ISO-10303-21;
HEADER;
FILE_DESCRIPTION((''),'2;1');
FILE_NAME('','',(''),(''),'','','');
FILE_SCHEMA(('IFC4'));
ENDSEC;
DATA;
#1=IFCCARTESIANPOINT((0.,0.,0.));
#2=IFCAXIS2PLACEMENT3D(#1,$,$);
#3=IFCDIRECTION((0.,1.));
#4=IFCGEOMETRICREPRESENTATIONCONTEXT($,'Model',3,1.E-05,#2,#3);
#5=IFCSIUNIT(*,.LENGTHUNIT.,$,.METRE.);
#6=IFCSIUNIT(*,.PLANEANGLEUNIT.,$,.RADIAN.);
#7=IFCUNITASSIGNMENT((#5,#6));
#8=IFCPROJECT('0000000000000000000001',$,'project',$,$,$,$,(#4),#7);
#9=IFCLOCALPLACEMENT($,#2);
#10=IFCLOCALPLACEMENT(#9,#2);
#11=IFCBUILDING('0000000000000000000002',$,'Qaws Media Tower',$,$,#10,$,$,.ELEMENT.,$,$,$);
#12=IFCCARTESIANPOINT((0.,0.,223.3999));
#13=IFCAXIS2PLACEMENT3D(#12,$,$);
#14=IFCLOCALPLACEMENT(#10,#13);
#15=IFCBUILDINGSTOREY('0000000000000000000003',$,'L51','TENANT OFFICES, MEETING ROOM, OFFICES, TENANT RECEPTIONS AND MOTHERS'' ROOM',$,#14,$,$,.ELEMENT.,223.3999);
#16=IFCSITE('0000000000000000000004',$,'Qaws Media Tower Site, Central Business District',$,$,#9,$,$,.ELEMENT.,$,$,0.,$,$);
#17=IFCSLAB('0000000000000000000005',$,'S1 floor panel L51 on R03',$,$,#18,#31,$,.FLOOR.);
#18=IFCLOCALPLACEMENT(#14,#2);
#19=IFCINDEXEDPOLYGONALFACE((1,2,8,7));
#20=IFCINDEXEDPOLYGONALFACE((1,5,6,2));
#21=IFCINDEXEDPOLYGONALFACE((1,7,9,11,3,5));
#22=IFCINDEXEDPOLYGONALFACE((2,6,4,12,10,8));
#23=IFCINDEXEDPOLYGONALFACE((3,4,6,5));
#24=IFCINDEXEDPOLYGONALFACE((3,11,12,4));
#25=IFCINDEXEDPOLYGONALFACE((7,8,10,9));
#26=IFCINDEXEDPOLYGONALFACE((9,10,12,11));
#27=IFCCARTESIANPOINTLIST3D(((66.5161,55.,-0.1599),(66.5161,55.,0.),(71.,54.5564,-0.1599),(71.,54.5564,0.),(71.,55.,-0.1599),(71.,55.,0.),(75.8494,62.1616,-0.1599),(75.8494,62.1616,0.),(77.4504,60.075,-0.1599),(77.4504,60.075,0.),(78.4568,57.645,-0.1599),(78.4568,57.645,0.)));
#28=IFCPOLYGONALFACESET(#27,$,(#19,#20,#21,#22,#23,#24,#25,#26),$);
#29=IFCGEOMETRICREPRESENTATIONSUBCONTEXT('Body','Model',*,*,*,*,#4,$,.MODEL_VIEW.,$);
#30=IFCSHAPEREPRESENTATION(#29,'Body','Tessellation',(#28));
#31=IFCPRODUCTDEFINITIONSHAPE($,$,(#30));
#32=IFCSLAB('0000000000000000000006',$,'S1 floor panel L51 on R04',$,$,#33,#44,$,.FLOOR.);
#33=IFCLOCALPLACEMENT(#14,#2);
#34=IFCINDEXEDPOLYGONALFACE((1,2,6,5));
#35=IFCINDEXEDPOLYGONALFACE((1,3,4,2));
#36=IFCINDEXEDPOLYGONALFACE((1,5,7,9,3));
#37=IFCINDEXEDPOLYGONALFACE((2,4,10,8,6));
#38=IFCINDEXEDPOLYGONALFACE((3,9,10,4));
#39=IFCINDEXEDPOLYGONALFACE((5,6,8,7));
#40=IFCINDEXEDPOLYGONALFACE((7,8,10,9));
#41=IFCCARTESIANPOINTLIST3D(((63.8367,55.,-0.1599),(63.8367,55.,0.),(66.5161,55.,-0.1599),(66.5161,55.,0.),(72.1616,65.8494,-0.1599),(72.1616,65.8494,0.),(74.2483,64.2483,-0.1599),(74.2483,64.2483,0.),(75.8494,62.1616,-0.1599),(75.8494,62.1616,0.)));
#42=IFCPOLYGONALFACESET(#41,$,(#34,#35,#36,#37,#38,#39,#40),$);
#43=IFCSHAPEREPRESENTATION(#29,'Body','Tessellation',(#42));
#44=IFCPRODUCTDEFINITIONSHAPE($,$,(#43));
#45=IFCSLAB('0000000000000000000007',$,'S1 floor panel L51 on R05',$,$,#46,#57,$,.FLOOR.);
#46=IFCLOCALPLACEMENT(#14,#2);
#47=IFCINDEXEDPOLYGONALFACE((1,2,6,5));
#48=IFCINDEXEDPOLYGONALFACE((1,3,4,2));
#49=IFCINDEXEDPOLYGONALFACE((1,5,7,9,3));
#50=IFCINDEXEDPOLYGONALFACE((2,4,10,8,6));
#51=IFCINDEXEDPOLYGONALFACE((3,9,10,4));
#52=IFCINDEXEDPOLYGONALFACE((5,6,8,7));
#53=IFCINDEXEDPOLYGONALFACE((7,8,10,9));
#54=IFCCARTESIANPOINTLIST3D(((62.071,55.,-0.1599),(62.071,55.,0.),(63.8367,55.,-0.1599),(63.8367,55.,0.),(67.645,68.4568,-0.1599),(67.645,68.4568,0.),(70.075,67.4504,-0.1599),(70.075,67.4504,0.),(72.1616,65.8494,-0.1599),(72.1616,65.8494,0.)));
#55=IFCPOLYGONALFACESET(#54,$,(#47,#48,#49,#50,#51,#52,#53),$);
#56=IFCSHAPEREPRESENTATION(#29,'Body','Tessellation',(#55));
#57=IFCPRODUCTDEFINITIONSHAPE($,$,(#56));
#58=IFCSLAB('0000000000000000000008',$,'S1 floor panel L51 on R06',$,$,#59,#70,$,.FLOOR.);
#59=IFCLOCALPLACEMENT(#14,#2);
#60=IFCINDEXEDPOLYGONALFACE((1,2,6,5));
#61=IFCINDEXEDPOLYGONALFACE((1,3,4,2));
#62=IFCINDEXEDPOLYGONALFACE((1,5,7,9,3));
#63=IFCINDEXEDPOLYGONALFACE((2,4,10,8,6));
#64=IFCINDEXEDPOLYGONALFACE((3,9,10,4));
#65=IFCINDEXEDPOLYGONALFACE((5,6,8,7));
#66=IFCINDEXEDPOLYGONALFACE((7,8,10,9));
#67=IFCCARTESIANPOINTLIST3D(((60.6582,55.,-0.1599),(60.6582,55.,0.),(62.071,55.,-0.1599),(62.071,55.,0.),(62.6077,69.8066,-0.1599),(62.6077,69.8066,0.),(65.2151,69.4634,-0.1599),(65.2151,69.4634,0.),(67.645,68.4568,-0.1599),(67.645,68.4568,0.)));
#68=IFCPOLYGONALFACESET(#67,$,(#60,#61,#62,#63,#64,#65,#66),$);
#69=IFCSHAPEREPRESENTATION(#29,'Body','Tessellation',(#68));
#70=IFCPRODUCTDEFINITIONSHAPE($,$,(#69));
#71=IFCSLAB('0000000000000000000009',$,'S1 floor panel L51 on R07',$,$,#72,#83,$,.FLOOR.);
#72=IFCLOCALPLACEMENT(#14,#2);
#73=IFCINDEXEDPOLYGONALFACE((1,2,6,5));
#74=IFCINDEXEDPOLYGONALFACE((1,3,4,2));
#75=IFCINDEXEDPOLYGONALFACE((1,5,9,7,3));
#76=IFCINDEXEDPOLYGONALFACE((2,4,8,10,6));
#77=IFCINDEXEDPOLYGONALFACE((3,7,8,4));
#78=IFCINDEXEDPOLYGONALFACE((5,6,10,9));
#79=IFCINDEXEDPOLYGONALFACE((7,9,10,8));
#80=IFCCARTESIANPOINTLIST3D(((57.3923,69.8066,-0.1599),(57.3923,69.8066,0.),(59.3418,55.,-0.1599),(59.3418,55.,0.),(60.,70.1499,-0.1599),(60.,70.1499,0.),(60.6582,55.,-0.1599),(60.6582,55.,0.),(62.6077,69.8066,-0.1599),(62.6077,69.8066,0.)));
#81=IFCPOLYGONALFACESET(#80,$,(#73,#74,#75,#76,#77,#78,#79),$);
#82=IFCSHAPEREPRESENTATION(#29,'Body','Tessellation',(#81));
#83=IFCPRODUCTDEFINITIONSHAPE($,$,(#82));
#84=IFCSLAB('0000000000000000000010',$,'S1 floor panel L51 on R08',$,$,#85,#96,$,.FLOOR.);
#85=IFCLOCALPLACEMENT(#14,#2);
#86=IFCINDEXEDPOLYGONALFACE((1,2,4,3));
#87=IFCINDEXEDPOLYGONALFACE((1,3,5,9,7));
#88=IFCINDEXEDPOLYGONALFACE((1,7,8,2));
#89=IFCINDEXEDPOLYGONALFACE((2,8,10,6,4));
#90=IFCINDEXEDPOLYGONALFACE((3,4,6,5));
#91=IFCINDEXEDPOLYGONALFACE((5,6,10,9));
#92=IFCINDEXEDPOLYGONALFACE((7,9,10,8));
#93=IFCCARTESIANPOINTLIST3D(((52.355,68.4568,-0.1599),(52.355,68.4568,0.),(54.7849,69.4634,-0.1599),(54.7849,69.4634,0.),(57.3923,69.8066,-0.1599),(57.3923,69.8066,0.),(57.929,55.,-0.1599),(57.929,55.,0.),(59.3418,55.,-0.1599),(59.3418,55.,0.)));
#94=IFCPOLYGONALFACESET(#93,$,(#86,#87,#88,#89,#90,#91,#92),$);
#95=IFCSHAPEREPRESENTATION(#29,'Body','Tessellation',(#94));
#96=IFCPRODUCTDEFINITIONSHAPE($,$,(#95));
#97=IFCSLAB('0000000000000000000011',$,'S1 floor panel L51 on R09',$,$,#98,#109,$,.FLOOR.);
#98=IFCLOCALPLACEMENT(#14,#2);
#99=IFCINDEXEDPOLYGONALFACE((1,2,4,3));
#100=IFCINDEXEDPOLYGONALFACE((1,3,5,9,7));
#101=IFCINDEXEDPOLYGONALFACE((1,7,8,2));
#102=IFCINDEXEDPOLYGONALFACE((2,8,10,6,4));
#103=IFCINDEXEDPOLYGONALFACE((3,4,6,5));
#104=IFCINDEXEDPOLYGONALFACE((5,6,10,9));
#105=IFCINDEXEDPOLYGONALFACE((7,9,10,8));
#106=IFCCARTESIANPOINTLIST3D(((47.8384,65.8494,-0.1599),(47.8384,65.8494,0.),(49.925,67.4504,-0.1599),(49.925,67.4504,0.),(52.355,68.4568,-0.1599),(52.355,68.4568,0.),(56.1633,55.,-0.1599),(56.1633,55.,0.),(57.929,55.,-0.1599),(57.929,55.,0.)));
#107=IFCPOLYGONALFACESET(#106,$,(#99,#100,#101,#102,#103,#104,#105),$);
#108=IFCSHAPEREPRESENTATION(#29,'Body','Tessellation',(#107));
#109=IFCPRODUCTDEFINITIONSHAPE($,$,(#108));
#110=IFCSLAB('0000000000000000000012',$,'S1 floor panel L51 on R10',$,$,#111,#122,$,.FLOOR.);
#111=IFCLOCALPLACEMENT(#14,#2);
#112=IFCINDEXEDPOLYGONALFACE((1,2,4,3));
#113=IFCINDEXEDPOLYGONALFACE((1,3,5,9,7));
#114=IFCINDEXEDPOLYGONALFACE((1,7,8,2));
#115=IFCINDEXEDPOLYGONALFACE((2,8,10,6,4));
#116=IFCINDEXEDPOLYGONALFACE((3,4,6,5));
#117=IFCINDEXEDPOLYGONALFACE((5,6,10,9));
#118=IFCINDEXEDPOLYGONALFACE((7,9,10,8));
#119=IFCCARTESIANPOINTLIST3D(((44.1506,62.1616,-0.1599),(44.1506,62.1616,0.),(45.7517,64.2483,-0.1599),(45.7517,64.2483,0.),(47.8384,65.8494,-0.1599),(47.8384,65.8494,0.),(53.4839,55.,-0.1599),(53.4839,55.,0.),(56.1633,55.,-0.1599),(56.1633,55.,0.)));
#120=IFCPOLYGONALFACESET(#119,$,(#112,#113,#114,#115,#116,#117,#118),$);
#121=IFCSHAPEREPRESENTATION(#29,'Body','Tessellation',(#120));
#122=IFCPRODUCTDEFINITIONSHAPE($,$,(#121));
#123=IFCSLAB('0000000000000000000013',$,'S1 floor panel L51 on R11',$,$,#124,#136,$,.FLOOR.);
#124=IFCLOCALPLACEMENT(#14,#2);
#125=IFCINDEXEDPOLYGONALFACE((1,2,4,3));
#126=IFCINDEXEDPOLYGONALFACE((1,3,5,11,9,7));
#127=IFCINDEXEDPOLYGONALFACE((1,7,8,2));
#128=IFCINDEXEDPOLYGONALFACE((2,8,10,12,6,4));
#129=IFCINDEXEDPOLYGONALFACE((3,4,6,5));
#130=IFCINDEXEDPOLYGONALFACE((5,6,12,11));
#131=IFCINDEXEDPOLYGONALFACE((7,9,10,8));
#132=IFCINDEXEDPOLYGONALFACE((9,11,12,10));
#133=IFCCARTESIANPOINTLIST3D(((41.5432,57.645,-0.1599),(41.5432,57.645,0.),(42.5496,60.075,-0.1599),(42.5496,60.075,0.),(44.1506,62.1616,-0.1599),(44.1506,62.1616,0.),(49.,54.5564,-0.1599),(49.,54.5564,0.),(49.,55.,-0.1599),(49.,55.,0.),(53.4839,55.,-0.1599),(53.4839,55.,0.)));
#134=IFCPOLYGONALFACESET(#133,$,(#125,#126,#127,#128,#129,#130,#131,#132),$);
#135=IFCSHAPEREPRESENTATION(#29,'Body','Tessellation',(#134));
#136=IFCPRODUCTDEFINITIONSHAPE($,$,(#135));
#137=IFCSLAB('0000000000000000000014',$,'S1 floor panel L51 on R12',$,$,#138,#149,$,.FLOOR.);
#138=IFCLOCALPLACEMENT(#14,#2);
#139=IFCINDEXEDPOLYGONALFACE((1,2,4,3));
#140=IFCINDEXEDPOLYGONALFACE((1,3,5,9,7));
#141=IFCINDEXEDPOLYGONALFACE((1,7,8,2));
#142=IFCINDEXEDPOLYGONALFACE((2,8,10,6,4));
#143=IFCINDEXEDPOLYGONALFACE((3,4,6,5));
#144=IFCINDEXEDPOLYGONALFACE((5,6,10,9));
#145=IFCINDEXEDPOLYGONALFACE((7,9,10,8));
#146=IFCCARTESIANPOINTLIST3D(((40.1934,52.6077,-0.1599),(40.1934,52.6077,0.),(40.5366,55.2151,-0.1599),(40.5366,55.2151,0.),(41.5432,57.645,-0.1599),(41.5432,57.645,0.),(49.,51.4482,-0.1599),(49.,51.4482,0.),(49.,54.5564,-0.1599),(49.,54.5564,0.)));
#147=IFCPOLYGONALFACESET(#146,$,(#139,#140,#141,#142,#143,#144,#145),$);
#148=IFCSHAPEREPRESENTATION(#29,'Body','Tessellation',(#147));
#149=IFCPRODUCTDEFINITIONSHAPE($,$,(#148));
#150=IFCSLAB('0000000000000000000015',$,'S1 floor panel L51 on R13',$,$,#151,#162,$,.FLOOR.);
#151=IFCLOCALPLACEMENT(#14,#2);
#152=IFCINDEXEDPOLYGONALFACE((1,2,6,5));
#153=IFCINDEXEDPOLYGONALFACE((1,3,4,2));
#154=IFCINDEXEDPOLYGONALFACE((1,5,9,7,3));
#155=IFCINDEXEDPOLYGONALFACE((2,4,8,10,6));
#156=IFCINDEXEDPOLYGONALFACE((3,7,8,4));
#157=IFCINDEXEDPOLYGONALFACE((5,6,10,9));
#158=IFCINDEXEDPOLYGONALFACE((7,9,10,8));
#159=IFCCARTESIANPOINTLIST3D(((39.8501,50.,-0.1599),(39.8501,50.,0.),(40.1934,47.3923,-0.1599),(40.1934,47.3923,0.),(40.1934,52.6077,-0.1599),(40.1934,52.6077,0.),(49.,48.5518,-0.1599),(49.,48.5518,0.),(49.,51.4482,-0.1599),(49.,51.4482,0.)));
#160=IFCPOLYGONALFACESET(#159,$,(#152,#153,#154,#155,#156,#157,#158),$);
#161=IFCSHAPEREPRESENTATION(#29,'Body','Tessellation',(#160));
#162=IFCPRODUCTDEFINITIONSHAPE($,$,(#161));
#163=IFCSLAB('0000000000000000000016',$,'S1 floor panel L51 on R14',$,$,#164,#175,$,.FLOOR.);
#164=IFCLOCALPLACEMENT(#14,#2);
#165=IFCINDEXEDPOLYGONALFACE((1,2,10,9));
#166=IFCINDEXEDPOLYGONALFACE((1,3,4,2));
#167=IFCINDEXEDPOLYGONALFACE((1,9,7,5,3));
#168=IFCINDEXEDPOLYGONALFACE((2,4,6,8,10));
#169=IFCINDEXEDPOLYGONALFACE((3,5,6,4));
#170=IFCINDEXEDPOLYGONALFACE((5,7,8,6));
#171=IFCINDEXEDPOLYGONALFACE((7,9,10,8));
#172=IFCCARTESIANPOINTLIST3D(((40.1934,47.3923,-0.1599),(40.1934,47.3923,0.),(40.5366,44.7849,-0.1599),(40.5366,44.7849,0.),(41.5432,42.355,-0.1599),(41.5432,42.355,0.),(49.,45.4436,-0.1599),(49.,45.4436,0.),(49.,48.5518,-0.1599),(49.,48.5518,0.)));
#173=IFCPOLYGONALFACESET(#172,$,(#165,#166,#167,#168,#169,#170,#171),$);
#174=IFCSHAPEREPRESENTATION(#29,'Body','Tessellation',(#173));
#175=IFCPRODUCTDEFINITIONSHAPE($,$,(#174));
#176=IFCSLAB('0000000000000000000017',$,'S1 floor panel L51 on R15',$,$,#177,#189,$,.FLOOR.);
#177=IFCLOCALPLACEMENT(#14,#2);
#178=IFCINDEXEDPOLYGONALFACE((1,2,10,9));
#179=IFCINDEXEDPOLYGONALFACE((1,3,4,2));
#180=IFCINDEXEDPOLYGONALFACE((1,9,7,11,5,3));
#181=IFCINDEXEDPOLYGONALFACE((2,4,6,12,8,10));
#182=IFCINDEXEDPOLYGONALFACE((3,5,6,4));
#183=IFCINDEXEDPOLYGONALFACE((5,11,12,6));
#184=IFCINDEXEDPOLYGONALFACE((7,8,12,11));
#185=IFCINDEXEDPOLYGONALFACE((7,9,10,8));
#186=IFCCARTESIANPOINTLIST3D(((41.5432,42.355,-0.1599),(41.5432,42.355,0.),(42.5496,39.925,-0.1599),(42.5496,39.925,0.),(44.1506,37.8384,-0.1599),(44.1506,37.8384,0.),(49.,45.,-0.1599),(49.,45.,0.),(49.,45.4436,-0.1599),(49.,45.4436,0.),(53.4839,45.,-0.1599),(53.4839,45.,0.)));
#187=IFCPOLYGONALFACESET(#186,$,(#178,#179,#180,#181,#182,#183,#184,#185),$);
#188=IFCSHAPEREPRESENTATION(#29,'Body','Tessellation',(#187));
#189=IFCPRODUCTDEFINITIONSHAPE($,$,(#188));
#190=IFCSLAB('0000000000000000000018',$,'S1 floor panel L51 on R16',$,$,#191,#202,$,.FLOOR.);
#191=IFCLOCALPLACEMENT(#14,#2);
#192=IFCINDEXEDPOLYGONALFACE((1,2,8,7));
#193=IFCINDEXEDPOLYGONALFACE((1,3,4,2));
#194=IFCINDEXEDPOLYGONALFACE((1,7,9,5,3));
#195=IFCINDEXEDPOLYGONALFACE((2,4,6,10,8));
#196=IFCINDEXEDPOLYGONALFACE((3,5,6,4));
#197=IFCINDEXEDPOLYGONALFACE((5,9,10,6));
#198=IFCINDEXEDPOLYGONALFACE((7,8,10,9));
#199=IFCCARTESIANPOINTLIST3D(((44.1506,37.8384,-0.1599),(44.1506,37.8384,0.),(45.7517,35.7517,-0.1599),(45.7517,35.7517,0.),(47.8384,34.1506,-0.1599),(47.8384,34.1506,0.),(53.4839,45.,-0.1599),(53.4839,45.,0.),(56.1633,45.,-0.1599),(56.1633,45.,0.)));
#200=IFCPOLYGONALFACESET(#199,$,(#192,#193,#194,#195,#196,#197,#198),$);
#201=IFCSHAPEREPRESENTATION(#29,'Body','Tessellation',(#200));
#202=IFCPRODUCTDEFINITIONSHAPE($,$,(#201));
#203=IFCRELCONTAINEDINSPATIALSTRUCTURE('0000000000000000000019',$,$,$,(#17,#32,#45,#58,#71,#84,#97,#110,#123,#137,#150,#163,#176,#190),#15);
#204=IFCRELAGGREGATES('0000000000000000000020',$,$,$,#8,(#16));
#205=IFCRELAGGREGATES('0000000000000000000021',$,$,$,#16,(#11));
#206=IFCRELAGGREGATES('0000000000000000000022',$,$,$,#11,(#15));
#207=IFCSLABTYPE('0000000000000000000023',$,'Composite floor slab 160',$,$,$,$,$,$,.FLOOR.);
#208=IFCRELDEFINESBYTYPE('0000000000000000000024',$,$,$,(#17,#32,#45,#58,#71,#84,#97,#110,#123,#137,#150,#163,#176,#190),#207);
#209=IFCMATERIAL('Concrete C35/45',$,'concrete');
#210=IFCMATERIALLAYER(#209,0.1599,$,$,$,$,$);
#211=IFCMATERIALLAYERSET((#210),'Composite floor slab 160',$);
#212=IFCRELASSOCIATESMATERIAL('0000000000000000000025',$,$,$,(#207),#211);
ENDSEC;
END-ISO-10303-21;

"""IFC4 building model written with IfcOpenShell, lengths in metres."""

from ifc_helpers import new_model, si_unit, direction, frame, origin, place, context, subcontext, project, spatial, polyline, outline, extrude, material, layer, layer_set, type_object, element, save


model = new_model("IFC4")

# Units and contexts
model_context = context("Model", 3, precision=1e-05, world=origin(), true_north=direction((0.0, 1.0)))
body_context = subcontext(model_context, "Body", "Model", "MODEL_VIEW")
ifc_project = project(units=[si_unit("LENGTHUNIT", "METRE"), si_unit("PLANEANGLEUNIT", "RADIAN")], contexts=[model_context])

# Site, building, storey
site_placement = place(None, origin())
site = spatial("IfcSite", under=ifc_project, at=site_placement, Name="Qaws Media Tower Site, Central Business District", CompositionType="ELEMENT", RefElevation=0.0)
building_placement = place(site_placement, origin())
building = spatial("IfcBuilding", under=site, at=building_placement, Name="Qaws Media Tower", CompositionType="ELEMENT")
storey_placement = place(building_placement, frame((0.0, 0.0, 223.3999)))
storey = spatial("IfcBuildingStorey", under=building, at=storey_placement, Name="L51", Description="TENANT OFFICES, MEETING ROOM, OFFICES, TENANT RECEPTIONS AND MOTHERS' ROOM", CompositionType="ELEMENT", Elevation=223.3999)

# Slabs
ifc_material_1 = material(Name="Concrete C35/45", Category="concrete")
ifc_layer_1 = layer(ifc_material_1, 0.1599)
ifc_layer_set_1 = layer_set([ifc_layer_1], Name="Composite floor slab 160")
slab_type_1 = type_object("IfcSlabType", Name="Composite floor slab 160", PredefinedType="FLOOR", material=ifc_layer_set_1)
slab_1_placement = place(storey_placement, frame((0.0, 0.0, -0.1599)))
element("IfcSlab", 1, at=slab_1_placement, inside=storey, type_object=slab_type_1, Name="S1 floor panel L51 on R03", PredefinedType="FLOOR", context=body_context, shape_type="SweptSolid", body=[
    extrude(outline(polyline([(77.4504, 60.075), (78.4568, 57.645), (71.0, 54.5564), (71.0, 55.0), (66.5161, 55.0), (75.8494, 62.1616), (77.4504, 60.075)])), origin(), (0.0, 0.0, 1.0), 0.1599),
])
slab_2_placement = place(storey_placement, frame((0.0, 0.0, -0.1599)))
element("IfcSlab", 2, at=slab_2_placement, inside=storey, type_object=slab_type_1, Name="S1 floor panel L51 on R04", PredefinedType="FLOOR", context=body_context, shape_type="SweptSolid", body=[
    extrude(outline(polyline([(74.2483, 64.2483), (75.8494, 62.1616), (66.5161, 55.0), (63.8367, 55.0), (72.1616, 65.8494), (74.2483, 64.2483)])), origin(), (0.0, 0.0, 1.0), 0.1599),
])
slab_3_placement = place(storey_placement, frame((0.0, 0.0, -0.1599)))
element("IfcSlab", 3, at=slab_3_placement, inside=storey, type_object=slab_type_1, Name="S1 floor panel L51 on R05", PredefinedType="FLOOR", context=body_context, shape_type="SweptSolid", body=[
    extrude(outline(polyline([(70.075, 67.4504), (72.1616, 65.8494), (63.8367, 55.0), (62.071, 55.0), (67.645, 68.4568), (70.075, 67.4504)])), origin(), (0.0, 0.0, 1.0), 0.1599),
])
slab_4_placement = place(storey_placement, frame((0.0, 0.0, -0.1599)))
element("IfcSlab", 4, at=slab_4_placement, inside=storey, type_object=slab_type_1, Name="S1 floor panel L51 on R06", PredefinedType="FLOOR", context=body_context, shape_type="SweptSolid", body=[
    extrude(outline(polyline([(65.2151, 69.4634), (67.645, 68.4568), (62.071, 55.0), (60.6582, 55.0), (62.6077, 69.8066), (65.2151, 69.4634)])), origin(), (0.0, 0.0, 1.0), 0.1599),
])
slab_5_placement = place(storey_placement, frame((0.0, 0.0, -0.1599)))
element("IfcSlab", 5, at=slab_5_placement, inside=storey, type_object=slab_type_1, Name="S1 floor panel L51 on R07", PredefinedType="FLOOR", context=body_context, shape_type="SweptSolid", body=[
    extrude(outline(polyline([(60.0, 70.1499), (62.6077, 69.8066), (60.6582, 55.0), (59.3418, 55.0), (57.3923, 69.8066), (60.0, 70.1499)])), origin(), (0.0, 0.0, 1.0), 0.1599),
])
slab_6_placement = place(storey_placement, frame((0.0, 0.0, -0.1599)))
element("IfcSlab", 6, at=slab_6_placement, inside=storey, type_object=slab_type_1, Name="S1 floor panel L51 on R08", PredefinedType="FLOOR", context=body_context, shape_type="SweptSolid", body=[
    extrude(outline(polyline([(54.7849, 69.4634), (57.3923, 69.8066), (59.3418, 55.0), (57.929, 55.0), (52.355, 68.4568), (54.7849, 69.4634)])), origin(), (0.0, 0.0, 1.0), 0.1599),
])
slab_7_placement = place(storey_placement, frame((0.0, 0.0, -0.1599)))
element("IfcSlab", 7, at=slab_7_placement, inside=storey, type_object=slab_type_1, Name="S1 floor panel L51 on R09", PredefinedType="FLOOR", context=body_context, shape_type="SweptSolid", body=[
    extrude(outline(polyline([(49.925, 67.4504), (52.355, 68.4568), (57.929, 55.0), (56.1633, 55.0), (47.8384, 65.8494), (49.925, 67.4504)])), origin(), (0.0, 0.0, 1.0), 0.1599),
])
slab_8_placement = place(storey_placement, frame((0.0, 0.0, -0.1599)))
element("IfcSlab", 8, at=slab_8_placement, inside=storey, type_object=slab_type_1, Name="S1 floor panel L51 on R10", PredefinedType="FLOOR", context=body_context, shape_type="SweptSolid", body=[
    extrude(outline(polyline([(45.7517, 64.2483), (47.8384, 65.8494), (56.1633, 55.0), (53.4839, 55.0), (44.1506, 62.1616), (45.7517, 64.2483)])), origin(), (0.0, 0.0, 1.0), 0.1599),
])
slab_9_placement = place(storey_placement, frame((0.0, 0.0, -0.1599)))
element("IfcSlab", 9, at=slab_9_placement, inside=storey, type_object=slab_type_1, Name="S1 floor panel L51 on R11", PredefinedType="FLOOR", context=body_context, shape_type="SweptSolid", body=[
    extrude(outline(polyline([(42.5496, 60.075), (44.1506, 62.1616), (53.4839, 55.0), (49.0, 55.0), (49.0, 54.5564), (41.5432, 57.645), (42.5496, 60.075)])), origin(), (0.0, 0.0, 1.0), 0.1599),
])
slab_10_placement = place(storey_placement, frame((0.0, 0.0, -0.1599)))
element("IfcSlab", 10, at=slab_10_placement, inside=storey, type_object=slab_type_1, Name="S1 floor panel L51 on R12", PredefinedType="FLOOR", context=body_context, shape_type="SweptSolid", body=[
    extrude(outline(polyline([(40.5366, 55.2151), (41.5432, 57.645), (49.0, 54.5564), (49.0, 51.4482), (40.1934, 52.6077), (40.5366, 55.2151)])), origin(), (0.0, 0.0, 1.0), 0.1599),
])
slab_11_placement = place(storey_placement, frame((0.0, 0.0, -0.1599)))
element("IfcSlab", 11, at=slab_11_placement, inside=storey, type_object=slab_type_1, Name="S1 floor panel L51 on R13", PredefinedType="FLOOR", context=body_context, shape_type="SweptSolid", body=[
    extrude(outline(polyline([(39.8501, 50.0), (40.1934, 52.6077), (49.0, 51.4482), (49.0, 48.5518), (40.1934, 47.3923), (39.8501, 50.0)])), origin(), (0.0, 0.0, 1.0), 0.1599),
])
slab_12_placement = place(storey_placement, frame((0.0, 0.0, -0.1599)))
element("IfcSlab", 12, at=slab_12_placement, inside=storey, type_object=slab_type_1, Name="S1 floor panel L51 on R14", PredefinedType="FLOOR", context=body_context, shape_type="SweptSolid", body=[
    extrude(outline(polyline([(40.5366, 44.7849), (40.1934, 47.3923), (49.0, 48.5518), (49.0, 45.4436), (41.5432, 42.355), (40.5366, 44.7849)])), origin(), (0.0, 0.0, 1.0), 0.1599),
])
slab_13_placement = place(storey_placement, frame((0.0, 0.0, -0.1599)))
element("IfcSlab", 13, at=slab_13_placement, inside=storey, type_object=slab_type_1, Name="S1 floor panel L51 on R15", PredefinedType="FLOOR", context=body_context, shape_type="SweptSolid", body=[
    extrude(outline(polyline([(42.5496, 39.925), (41.5432, 42.355), (49.0, 45.4436), (49.0, 45.0), (53.4839, 45.0), (44.1506, 37.8384), (42.5496, 39.925)])), origin(), (0.0, 0.0, 1.0), 0.1599),
])
slab_14_placement = place(storey_placement, frame((0.0, 0.0, -0.1599)))
element("IfcSlab", 14, at=slab_14_placement, inside=storey, type_object=slab_type_1, Name="S1 floor panel L51 on R16", PredefinedType="FLOOR", context=body_context, shape_type="SweptSolid", body=[
    extrude(outline(polyline([(45.7517, 35.7517), (44.1506, 37.8384), (53.4839, 45.0), (56.1633, 45.0), (47.8384, 34.1506), (45.7517, 35.7517)])), origin(), (0.0, 0.0, 1.0), 0.1599),
])

save(model, "model.ifc")
